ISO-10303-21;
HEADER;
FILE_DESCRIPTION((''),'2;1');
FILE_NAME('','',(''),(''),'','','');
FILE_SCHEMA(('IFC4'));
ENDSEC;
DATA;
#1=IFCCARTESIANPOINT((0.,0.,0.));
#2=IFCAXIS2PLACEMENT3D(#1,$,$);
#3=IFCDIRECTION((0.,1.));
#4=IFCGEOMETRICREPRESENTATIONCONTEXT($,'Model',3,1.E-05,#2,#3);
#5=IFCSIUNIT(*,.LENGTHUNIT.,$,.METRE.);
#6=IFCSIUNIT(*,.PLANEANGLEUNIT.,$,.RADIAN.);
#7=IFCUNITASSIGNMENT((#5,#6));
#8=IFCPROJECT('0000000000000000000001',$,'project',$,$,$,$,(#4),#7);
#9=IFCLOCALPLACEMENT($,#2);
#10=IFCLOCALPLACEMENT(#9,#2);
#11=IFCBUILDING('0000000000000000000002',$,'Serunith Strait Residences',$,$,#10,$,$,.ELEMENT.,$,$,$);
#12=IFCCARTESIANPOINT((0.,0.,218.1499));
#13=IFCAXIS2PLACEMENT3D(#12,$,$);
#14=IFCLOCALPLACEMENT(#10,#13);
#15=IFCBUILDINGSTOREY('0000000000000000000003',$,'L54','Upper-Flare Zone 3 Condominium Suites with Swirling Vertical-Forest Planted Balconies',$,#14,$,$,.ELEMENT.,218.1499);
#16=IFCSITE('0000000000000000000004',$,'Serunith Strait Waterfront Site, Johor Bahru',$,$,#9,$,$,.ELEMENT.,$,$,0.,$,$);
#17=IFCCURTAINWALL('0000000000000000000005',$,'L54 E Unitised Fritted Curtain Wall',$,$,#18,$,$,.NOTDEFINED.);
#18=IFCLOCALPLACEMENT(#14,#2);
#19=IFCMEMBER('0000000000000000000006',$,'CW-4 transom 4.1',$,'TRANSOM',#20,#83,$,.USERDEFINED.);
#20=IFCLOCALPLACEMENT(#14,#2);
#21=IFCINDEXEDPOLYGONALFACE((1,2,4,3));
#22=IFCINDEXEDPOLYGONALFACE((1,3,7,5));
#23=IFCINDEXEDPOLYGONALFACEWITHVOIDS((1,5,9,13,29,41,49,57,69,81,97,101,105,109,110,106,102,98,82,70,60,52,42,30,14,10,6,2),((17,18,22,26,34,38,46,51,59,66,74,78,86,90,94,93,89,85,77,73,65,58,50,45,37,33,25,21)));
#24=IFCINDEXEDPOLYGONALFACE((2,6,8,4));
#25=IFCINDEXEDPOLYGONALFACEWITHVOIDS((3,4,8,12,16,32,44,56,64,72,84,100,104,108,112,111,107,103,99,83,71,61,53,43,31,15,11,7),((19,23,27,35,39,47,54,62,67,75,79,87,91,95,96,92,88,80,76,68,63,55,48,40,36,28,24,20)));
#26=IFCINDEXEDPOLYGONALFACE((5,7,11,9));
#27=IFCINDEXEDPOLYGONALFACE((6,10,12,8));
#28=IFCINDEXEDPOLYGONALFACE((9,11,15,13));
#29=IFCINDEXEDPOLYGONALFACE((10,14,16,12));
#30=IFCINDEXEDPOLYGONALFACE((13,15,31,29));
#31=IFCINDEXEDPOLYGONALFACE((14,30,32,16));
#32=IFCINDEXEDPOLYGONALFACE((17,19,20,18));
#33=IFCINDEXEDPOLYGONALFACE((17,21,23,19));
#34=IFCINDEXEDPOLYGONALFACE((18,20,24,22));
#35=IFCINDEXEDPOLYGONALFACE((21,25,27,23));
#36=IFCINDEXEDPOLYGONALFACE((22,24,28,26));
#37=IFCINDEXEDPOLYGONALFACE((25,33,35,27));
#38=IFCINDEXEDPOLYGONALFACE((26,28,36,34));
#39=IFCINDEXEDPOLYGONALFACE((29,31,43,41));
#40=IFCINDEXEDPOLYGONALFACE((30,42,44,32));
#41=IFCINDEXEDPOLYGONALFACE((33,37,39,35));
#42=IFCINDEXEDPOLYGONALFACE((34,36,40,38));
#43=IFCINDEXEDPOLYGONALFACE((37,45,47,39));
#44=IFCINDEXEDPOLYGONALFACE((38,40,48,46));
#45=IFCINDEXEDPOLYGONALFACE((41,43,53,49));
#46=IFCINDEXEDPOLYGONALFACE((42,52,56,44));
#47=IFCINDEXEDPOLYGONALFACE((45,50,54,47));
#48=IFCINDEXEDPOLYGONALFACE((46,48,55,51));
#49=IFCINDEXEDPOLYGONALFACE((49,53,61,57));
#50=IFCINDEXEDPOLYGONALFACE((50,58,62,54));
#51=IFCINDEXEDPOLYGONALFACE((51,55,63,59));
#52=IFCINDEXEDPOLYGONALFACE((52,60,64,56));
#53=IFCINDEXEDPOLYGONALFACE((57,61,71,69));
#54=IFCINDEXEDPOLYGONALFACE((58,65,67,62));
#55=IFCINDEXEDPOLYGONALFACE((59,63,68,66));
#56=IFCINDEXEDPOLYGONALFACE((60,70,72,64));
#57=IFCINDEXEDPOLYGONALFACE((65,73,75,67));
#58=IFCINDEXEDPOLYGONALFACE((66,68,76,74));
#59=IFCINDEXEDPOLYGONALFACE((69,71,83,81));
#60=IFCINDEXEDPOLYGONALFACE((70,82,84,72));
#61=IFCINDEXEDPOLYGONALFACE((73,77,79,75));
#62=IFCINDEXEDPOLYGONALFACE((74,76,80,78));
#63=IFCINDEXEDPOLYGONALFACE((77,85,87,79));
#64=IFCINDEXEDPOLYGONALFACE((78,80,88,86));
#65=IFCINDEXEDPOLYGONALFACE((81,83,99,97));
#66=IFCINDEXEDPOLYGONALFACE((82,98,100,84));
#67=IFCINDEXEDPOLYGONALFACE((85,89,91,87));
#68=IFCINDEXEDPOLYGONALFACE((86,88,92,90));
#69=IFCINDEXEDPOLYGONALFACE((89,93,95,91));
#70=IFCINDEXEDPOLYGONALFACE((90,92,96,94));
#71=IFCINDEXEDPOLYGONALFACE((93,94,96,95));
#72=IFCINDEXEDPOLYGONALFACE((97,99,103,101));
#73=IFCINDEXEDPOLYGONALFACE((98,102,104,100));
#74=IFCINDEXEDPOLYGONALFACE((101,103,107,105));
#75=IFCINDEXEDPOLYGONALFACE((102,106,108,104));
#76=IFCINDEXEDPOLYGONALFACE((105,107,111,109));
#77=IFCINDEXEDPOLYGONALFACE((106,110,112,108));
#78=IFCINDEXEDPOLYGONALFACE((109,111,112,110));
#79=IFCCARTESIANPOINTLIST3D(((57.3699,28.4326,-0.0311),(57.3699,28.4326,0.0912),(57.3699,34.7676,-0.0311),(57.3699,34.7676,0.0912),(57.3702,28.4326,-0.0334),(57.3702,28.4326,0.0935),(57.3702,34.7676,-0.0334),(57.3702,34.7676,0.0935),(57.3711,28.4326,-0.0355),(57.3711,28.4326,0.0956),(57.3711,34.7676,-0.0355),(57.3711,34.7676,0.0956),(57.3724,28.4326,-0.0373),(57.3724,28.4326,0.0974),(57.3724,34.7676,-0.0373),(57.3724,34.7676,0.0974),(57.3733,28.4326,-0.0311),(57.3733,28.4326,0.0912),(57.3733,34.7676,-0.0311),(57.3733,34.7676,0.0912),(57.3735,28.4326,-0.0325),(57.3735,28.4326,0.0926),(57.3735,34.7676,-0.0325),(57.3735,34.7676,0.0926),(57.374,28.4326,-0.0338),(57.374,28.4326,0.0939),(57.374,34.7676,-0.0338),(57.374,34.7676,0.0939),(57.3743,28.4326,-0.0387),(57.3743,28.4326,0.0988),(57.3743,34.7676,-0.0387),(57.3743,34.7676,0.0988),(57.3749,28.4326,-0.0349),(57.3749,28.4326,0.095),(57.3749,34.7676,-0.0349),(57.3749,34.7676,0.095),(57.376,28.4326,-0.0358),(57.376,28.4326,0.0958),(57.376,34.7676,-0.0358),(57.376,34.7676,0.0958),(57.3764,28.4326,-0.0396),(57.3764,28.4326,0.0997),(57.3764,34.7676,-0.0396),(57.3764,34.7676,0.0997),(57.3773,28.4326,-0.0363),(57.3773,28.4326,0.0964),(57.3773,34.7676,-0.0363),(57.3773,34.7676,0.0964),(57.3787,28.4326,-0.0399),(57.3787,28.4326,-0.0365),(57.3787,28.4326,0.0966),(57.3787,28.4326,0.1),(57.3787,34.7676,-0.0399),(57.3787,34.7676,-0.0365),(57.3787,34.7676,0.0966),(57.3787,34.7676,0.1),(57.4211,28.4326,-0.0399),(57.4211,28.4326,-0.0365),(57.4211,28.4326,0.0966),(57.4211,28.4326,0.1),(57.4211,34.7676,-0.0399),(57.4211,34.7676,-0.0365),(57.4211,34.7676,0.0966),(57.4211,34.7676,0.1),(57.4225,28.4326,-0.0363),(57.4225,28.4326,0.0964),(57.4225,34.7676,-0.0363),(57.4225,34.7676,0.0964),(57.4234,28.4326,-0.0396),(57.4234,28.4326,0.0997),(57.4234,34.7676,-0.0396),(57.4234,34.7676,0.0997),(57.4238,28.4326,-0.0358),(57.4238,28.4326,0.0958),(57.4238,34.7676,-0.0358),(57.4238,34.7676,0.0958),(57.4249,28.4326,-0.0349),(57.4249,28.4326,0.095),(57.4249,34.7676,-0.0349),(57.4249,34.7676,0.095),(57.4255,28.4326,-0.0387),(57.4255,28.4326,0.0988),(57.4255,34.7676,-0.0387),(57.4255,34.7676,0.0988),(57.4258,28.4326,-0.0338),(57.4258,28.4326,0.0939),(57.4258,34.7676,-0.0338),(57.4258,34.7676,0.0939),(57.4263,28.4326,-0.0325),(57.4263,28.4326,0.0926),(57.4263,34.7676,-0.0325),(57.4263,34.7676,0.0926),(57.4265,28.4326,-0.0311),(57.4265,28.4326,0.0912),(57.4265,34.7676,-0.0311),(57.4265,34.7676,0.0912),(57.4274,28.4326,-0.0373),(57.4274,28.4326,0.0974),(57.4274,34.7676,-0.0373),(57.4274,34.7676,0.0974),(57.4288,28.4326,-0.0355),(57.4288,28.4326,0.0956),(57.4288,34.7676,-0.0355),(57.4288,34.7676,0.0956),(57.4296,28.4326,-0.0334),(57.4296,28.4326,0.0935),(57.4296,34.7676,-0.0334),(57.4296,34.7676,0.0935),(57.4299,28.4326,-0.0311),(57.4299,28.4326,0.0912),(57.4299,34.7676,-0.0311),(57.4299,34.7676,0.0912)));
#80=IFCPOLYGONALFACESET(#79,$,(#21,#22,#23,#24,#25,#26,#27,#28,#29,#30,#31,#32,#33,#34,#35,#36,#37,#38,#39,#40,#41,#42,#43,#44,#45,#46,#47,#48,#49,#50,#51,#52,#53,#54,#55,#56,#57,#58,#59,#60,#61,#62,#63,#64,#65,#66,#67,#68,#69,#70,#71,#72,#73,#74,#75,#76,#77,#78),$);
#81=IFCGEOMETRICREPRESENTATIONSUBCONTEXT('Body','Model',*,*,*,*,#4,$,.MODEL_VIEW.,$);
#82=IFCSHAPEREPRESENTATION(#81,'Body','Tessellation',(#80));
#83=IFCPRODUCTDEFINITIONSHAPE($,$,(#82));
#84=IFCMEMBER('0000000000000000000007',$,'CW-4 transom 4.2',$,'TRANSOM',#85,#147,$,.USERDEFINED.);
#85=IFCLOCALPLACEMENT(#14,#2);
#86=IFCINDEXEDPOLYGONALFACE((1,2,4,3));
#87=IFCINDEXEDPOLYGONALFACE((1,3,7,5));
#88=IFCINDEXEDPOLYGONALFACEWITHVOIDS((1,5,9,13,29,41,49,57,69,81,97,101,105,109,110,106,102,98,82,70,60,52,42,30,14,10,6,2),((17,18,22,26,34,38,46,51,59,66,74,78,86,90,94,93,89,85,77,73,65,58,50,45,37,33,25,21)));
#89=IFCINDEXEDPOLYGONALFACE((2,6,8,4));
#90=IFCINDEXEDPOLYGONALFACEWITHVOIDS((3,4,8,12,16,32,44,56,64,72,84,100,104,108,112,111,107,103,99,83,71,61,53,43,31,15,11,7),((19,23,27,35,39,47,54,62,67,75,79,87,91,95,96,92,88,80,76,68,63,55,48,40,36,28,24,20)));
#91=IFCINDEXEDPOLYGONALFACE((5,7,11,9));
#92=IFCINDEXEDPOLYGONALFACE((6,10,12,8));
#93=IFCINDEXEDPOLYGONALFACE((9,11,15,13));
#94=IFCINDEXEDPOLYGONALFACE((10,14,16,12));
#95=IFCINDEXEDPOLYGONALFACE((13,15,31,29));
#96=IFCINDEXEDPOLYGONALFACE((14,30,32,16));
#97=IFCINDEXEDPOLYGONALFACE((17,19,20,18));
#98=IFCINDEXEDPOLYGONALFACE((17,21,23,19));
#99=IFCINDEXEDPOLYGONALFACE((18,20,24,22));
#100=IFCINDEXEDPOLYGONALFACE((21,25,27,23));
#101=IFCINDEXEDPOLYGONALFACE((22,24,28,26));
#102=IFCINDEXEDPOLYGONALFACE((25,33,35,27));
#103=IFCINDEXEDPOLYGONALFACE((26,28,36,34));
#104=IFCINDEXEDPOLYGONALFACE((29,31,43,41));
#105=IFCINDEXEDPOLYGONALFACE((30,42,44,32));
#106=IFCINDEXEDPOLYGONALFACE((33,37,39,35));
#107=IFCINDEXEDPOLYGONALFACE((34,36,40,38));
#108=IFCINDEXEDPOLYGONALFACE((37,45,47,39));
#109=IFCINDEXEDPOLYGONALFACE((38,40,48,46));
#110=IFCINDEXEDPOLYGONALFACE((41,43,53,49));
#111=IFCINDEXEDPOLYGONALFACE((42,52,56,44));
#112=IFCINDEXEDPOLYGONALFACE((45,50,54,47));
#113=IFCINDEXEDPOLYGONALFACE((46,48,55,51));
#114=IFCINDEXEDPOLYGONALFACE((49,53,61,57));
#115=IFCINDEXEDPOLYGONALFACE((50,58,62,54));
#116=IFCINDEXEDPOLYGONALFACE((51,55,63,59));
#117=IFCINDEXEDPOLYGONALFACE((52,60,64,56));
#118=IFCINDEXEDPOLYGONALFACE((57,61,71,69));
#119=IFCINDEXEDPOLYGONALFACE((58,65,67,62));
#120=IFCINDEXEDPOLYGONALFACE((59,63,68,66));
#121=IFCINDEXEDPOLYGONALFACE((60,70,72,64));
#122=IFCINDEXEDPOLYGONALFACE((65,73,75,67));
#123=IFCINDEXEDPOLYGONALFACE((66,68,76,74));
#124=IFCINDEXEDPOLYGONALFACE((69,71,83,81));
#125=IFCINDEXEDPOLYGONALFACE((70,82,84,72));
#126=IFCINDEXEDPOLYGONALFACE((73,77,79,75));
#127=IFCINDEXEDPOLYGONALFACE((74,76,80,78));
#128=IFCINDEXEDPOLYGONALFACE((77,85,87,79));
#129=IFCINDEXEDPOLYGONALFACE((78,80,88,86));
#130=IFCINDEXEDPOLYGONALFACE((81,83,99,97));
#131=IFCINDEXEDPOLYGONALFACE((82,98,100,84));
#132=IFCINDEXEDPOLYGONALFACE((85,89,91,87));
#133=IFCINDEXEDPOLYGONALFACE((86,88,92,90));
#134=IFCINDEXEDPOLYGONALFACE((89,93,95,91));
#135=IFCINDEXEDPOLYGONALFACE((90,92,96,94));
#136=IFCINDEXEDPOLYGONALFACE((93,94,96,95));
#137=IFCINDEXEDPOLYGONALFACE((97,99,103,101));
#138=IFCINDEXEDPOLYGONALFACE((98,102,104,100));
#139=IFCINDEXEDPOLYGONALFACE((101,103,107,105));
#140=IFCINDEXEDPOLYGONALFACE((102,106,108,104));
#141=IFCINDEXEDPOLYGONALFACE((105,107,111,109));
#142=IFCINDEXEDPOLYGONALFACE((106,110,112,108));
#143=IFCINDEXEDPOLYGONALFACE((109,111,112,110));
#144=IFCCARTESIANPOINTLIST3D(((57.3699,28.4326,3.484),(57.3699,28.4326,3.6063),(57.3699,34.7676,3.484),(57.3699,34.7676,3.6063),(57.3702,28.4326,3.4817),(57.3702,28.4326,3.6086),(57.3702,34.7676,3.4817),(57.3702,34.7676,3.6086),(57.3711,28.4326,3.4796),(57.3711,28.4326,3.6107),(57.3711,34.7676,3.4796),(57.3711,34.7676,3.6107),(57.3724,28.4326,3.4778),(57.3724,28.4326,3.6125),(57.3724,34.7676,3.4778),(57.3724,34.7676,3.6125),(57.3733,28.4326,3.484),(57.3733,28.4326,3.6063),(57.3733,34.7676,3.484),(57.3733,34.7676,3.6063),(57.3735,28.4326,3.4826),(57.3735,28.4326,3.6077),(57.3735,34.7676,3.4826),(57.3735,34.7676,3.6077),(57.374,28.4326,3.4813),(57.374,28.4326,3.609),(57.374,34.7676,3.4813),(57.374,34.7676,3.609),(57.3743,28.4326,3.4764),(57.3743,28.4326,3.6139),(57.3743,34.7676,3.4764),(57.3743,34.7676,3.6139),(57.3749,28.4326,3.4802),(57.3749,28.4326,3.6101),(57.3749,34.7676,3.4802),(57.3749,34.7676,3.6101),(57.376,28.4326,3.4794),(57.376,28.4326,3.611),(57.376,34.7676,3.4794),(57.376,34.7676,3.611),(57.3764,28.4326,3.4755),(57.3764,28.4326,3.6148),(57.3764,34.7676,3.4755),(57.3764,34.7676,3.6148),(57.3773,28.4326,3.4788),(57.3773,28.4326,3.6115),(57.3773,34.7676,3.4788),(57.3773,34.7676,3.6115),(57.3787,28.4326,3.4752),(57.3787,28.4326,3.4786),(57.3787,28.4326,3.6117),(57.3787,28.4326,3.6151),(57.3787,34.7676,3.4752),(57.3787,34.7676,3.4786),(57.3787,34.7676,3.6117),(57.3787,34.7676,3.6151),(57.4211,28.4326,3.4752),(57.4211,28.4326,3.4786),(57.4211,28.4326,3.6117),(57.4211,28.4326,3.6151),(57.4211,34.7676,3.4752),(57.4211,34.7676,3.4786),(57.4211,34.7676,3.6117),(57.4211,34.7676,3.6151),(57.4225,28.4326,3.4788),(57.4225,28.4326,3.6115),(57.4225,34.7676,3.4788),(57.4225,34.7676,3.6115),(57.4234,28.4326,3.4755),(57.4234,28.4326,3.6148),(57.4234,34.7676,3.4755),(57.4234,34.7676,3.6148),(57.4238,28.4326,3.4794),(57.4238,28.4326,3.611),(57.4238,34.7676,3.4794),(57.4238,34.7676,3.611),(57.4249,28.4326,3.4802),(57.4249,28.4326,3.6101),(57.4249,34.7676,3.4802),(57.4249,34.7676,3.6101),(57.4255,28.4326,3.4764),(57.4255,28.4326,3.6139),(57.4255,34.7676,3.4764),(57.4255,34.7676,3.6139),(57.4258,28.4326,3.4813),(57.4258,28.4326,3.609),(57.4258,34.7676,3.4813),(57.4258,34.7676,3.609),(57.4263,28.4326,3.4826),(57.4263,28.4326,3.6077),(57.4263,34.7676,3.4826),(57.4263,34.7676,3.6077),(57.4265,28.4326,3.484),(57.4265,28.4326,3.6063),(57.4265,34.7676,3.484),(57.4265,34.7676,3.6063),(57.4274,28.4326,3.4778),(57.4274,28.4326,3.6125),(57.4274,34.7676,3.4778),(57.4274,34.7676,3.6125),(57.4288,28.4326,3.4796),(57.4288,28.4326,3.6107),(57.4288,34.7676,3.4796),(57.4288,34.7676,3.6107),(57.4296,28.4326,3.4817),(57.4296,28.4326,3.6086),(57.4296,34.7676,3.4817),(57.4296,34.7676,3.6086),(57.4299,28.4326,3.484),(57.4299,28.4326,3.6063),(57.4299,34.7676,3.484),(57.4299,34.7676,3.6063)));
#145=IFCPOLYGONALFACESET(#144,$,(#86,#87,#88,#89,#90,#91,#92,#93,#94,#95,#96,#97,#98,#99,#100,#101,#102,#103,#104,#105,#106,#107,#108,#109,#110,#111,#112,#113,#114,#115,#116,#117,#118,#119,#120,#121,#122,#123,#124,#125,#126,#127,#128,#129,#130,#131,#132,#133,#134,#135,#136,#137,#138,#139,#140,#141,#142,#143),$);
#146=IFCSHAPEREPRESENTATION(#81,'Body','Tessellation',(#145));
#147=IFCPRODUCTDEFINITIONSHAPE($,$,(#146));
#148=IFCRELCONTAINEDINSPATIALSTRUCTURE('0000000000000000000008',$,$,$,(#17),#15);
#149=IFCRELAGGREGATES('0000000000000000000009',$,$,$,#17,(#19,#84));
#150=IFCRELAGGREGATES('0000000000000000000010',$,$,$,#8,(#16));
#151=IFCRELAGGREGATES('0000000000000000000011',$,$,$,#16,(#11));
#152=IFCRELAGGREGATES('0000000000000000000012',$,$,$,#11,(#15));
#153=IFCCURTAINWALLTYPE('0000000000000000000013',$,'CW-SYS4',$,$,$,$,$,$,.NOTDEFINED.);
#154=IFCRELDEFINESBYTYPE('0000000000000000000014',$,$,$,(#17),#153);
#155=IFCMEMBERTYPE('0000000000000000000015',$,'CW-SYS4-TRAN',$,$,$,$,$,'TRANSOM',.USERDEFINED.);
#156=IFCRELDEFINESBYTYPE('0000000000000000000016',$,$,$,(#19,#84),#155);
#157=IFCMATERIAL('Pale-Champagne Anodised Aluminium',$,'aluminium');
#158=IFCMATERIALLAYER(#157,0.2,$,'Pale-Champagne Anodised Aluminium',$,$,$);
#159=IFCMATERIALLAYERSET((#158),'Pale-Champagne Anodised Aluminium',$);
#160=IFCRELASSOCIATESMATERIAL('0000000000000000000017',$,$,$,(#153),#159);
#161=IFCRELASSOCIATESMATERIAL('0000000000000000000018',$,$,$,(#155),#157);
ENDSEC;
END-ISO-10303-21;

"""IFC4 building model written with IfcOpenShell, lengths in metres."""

from ifc_helpers import new_model, si_unit, direction, frame, origin, origin_2d, place, context, subcontext, project, spatial, hollow_rectangle, extrude, source, transform, mapped, material, layer, layer_set, material_profile, profile_set, type_object, element, aggregate, save


model = new_model("IFC4")

# Units and contexts
model_context = context("Model", 3, precision=1e-05, world=origin(), true_north=direction((0.0, 1.0)))
body_context = subcontext(model_context, "Body", "Model", "MODEL_VIEW")
ifc_project = project(units=[si_unit("LENGTHUNIT", "METRE"), si_unit("PLANEANGLEUNIT", "RADIAN")], contexts=[model_context])

# Site, building, storey
site_placement = place(None, origin())
site = spatial("IfcSite", under=ifc_project, at=site_placement, Name="Serunith Strait Waterfront Site, Johor Bahru", CompositionType="ELEMENT", RefElevation=0.0)
building_placement = place(site_placement, origin())
building = spatial("IfcBuilding", under=site, at=building_placement, Name="Serunith Strait Residences", CompositionType="ELEMENT")
storey_placement = place(building_placement, frame((0.0, 0.0, 218.1499)))
storey = spatial("IfcBuildingStorey", under=building, at=storey_placement, Name="L54", Description="Upper-Flare Zone 3 Condominium Suites with Swirling Vertical-Forest Planted Balconies", CompositionType="ELEMENT", Elevation=218.1499)

# Curtain wall, members
ifc_material_1 = material(Name="Pale-Champagne Anodised Aluminium", Category="aluminium")
ifc_layer_1 = layer(ifc_material_1, 0.2, Name="Pale-Champagne Anodised Aluminium")
ifc_layer_set_1 = layer_set([ifc_layer_1], Name="Pale-Champagne Anodised Aluminium")
curtain_wall_type = type_object("IfcCurtainWallType", Name="CW-SYS4", PredefinedType="NOTDEFINED", material=ifc_layer_set_1)
curtain_wall_placement = place(storey_placement, origin())
curtain_wall = element("IfcCurtainWall", 1, at=curtain_wall_placement, inside=storey, type_object=curtain_wall_type, Name="L54 E Unitised Fritted Curtain Wall", PredefinedType="NOTDEFINED")
ifc_material_profile_1 = material_profile(ifc_material_1, hollow_rectangle(XDim=0.0601, YDim=0.1399, WallThickness=0.0034, InnerFilletRadius=0.0054, OuterFilletRadius=0.0088, at=origin_2d()), Name="ALU 140x60x3.5")
ifc_profile_set_1 = profile_set([ifc_material_profile_1], Name="Pale-Champagne Anodised Aluminium")
member_type_1 = type_object("IfcMemberType", Name="CW-SYS4-TRAN", ElementType="TRANSOM", PredefinedType="USERDEFINED", material=ifc_profile_set_1)
shared_shape_1 = source(origin(), body_context, "Body", "SweptSolid", [
    extrude(hollow_rectangle(XDim=0.0601, YDim=0.1399, WallThickness=0.0034, InnerFilletRadius=0.0054, OuterFilletRadius=0.0088, at=origin_2d()), origin(), (0.0, 0.0, 1.0), 6.335),
])
member_1_placement = place(storey_placement, frame((57.3999, 28.4326, 0.03), z_axis=(0.0, 1.0, 0.0), x_axis=(-1.0, 0.0, 0.0)))
member_1 = element("IfcMember", 2, at=member_1_placement, type_object=member_type_1, Name="CW-4 transom 4.1", ObjectType="TRANSOM", PredefinedType="USERDEFINED", context=body_context, shape_type="MappedRepresentation", body=[
    mapped(shared_shape_1, transform((0.0, 0.0, 0.0), scale=1.0)),
])
member_2_placement = place(storey_placement, frame((57.3999, 28.4326, 3.5452), z_axis=(0.0, 1.0, 0.0), x_axis=(-1.0, 0.0, 0.0)))
member_2 = element("IfcMember", 3, at=member_2_placement, type_object=member_type_1, Name="CW-4 transom 4.2", ObjectType="TRANSOM", PredefinedType="USERDEFINED", context=body_context, shape_type="MappedRepresentation", body=[
    mapped(shared_shape_1, transform((0.0, 0.0, 0.0), scale=1.0)),
])
aggregate(curtain_wall, [member_1, member_2])

save(model, "model.ifc")
